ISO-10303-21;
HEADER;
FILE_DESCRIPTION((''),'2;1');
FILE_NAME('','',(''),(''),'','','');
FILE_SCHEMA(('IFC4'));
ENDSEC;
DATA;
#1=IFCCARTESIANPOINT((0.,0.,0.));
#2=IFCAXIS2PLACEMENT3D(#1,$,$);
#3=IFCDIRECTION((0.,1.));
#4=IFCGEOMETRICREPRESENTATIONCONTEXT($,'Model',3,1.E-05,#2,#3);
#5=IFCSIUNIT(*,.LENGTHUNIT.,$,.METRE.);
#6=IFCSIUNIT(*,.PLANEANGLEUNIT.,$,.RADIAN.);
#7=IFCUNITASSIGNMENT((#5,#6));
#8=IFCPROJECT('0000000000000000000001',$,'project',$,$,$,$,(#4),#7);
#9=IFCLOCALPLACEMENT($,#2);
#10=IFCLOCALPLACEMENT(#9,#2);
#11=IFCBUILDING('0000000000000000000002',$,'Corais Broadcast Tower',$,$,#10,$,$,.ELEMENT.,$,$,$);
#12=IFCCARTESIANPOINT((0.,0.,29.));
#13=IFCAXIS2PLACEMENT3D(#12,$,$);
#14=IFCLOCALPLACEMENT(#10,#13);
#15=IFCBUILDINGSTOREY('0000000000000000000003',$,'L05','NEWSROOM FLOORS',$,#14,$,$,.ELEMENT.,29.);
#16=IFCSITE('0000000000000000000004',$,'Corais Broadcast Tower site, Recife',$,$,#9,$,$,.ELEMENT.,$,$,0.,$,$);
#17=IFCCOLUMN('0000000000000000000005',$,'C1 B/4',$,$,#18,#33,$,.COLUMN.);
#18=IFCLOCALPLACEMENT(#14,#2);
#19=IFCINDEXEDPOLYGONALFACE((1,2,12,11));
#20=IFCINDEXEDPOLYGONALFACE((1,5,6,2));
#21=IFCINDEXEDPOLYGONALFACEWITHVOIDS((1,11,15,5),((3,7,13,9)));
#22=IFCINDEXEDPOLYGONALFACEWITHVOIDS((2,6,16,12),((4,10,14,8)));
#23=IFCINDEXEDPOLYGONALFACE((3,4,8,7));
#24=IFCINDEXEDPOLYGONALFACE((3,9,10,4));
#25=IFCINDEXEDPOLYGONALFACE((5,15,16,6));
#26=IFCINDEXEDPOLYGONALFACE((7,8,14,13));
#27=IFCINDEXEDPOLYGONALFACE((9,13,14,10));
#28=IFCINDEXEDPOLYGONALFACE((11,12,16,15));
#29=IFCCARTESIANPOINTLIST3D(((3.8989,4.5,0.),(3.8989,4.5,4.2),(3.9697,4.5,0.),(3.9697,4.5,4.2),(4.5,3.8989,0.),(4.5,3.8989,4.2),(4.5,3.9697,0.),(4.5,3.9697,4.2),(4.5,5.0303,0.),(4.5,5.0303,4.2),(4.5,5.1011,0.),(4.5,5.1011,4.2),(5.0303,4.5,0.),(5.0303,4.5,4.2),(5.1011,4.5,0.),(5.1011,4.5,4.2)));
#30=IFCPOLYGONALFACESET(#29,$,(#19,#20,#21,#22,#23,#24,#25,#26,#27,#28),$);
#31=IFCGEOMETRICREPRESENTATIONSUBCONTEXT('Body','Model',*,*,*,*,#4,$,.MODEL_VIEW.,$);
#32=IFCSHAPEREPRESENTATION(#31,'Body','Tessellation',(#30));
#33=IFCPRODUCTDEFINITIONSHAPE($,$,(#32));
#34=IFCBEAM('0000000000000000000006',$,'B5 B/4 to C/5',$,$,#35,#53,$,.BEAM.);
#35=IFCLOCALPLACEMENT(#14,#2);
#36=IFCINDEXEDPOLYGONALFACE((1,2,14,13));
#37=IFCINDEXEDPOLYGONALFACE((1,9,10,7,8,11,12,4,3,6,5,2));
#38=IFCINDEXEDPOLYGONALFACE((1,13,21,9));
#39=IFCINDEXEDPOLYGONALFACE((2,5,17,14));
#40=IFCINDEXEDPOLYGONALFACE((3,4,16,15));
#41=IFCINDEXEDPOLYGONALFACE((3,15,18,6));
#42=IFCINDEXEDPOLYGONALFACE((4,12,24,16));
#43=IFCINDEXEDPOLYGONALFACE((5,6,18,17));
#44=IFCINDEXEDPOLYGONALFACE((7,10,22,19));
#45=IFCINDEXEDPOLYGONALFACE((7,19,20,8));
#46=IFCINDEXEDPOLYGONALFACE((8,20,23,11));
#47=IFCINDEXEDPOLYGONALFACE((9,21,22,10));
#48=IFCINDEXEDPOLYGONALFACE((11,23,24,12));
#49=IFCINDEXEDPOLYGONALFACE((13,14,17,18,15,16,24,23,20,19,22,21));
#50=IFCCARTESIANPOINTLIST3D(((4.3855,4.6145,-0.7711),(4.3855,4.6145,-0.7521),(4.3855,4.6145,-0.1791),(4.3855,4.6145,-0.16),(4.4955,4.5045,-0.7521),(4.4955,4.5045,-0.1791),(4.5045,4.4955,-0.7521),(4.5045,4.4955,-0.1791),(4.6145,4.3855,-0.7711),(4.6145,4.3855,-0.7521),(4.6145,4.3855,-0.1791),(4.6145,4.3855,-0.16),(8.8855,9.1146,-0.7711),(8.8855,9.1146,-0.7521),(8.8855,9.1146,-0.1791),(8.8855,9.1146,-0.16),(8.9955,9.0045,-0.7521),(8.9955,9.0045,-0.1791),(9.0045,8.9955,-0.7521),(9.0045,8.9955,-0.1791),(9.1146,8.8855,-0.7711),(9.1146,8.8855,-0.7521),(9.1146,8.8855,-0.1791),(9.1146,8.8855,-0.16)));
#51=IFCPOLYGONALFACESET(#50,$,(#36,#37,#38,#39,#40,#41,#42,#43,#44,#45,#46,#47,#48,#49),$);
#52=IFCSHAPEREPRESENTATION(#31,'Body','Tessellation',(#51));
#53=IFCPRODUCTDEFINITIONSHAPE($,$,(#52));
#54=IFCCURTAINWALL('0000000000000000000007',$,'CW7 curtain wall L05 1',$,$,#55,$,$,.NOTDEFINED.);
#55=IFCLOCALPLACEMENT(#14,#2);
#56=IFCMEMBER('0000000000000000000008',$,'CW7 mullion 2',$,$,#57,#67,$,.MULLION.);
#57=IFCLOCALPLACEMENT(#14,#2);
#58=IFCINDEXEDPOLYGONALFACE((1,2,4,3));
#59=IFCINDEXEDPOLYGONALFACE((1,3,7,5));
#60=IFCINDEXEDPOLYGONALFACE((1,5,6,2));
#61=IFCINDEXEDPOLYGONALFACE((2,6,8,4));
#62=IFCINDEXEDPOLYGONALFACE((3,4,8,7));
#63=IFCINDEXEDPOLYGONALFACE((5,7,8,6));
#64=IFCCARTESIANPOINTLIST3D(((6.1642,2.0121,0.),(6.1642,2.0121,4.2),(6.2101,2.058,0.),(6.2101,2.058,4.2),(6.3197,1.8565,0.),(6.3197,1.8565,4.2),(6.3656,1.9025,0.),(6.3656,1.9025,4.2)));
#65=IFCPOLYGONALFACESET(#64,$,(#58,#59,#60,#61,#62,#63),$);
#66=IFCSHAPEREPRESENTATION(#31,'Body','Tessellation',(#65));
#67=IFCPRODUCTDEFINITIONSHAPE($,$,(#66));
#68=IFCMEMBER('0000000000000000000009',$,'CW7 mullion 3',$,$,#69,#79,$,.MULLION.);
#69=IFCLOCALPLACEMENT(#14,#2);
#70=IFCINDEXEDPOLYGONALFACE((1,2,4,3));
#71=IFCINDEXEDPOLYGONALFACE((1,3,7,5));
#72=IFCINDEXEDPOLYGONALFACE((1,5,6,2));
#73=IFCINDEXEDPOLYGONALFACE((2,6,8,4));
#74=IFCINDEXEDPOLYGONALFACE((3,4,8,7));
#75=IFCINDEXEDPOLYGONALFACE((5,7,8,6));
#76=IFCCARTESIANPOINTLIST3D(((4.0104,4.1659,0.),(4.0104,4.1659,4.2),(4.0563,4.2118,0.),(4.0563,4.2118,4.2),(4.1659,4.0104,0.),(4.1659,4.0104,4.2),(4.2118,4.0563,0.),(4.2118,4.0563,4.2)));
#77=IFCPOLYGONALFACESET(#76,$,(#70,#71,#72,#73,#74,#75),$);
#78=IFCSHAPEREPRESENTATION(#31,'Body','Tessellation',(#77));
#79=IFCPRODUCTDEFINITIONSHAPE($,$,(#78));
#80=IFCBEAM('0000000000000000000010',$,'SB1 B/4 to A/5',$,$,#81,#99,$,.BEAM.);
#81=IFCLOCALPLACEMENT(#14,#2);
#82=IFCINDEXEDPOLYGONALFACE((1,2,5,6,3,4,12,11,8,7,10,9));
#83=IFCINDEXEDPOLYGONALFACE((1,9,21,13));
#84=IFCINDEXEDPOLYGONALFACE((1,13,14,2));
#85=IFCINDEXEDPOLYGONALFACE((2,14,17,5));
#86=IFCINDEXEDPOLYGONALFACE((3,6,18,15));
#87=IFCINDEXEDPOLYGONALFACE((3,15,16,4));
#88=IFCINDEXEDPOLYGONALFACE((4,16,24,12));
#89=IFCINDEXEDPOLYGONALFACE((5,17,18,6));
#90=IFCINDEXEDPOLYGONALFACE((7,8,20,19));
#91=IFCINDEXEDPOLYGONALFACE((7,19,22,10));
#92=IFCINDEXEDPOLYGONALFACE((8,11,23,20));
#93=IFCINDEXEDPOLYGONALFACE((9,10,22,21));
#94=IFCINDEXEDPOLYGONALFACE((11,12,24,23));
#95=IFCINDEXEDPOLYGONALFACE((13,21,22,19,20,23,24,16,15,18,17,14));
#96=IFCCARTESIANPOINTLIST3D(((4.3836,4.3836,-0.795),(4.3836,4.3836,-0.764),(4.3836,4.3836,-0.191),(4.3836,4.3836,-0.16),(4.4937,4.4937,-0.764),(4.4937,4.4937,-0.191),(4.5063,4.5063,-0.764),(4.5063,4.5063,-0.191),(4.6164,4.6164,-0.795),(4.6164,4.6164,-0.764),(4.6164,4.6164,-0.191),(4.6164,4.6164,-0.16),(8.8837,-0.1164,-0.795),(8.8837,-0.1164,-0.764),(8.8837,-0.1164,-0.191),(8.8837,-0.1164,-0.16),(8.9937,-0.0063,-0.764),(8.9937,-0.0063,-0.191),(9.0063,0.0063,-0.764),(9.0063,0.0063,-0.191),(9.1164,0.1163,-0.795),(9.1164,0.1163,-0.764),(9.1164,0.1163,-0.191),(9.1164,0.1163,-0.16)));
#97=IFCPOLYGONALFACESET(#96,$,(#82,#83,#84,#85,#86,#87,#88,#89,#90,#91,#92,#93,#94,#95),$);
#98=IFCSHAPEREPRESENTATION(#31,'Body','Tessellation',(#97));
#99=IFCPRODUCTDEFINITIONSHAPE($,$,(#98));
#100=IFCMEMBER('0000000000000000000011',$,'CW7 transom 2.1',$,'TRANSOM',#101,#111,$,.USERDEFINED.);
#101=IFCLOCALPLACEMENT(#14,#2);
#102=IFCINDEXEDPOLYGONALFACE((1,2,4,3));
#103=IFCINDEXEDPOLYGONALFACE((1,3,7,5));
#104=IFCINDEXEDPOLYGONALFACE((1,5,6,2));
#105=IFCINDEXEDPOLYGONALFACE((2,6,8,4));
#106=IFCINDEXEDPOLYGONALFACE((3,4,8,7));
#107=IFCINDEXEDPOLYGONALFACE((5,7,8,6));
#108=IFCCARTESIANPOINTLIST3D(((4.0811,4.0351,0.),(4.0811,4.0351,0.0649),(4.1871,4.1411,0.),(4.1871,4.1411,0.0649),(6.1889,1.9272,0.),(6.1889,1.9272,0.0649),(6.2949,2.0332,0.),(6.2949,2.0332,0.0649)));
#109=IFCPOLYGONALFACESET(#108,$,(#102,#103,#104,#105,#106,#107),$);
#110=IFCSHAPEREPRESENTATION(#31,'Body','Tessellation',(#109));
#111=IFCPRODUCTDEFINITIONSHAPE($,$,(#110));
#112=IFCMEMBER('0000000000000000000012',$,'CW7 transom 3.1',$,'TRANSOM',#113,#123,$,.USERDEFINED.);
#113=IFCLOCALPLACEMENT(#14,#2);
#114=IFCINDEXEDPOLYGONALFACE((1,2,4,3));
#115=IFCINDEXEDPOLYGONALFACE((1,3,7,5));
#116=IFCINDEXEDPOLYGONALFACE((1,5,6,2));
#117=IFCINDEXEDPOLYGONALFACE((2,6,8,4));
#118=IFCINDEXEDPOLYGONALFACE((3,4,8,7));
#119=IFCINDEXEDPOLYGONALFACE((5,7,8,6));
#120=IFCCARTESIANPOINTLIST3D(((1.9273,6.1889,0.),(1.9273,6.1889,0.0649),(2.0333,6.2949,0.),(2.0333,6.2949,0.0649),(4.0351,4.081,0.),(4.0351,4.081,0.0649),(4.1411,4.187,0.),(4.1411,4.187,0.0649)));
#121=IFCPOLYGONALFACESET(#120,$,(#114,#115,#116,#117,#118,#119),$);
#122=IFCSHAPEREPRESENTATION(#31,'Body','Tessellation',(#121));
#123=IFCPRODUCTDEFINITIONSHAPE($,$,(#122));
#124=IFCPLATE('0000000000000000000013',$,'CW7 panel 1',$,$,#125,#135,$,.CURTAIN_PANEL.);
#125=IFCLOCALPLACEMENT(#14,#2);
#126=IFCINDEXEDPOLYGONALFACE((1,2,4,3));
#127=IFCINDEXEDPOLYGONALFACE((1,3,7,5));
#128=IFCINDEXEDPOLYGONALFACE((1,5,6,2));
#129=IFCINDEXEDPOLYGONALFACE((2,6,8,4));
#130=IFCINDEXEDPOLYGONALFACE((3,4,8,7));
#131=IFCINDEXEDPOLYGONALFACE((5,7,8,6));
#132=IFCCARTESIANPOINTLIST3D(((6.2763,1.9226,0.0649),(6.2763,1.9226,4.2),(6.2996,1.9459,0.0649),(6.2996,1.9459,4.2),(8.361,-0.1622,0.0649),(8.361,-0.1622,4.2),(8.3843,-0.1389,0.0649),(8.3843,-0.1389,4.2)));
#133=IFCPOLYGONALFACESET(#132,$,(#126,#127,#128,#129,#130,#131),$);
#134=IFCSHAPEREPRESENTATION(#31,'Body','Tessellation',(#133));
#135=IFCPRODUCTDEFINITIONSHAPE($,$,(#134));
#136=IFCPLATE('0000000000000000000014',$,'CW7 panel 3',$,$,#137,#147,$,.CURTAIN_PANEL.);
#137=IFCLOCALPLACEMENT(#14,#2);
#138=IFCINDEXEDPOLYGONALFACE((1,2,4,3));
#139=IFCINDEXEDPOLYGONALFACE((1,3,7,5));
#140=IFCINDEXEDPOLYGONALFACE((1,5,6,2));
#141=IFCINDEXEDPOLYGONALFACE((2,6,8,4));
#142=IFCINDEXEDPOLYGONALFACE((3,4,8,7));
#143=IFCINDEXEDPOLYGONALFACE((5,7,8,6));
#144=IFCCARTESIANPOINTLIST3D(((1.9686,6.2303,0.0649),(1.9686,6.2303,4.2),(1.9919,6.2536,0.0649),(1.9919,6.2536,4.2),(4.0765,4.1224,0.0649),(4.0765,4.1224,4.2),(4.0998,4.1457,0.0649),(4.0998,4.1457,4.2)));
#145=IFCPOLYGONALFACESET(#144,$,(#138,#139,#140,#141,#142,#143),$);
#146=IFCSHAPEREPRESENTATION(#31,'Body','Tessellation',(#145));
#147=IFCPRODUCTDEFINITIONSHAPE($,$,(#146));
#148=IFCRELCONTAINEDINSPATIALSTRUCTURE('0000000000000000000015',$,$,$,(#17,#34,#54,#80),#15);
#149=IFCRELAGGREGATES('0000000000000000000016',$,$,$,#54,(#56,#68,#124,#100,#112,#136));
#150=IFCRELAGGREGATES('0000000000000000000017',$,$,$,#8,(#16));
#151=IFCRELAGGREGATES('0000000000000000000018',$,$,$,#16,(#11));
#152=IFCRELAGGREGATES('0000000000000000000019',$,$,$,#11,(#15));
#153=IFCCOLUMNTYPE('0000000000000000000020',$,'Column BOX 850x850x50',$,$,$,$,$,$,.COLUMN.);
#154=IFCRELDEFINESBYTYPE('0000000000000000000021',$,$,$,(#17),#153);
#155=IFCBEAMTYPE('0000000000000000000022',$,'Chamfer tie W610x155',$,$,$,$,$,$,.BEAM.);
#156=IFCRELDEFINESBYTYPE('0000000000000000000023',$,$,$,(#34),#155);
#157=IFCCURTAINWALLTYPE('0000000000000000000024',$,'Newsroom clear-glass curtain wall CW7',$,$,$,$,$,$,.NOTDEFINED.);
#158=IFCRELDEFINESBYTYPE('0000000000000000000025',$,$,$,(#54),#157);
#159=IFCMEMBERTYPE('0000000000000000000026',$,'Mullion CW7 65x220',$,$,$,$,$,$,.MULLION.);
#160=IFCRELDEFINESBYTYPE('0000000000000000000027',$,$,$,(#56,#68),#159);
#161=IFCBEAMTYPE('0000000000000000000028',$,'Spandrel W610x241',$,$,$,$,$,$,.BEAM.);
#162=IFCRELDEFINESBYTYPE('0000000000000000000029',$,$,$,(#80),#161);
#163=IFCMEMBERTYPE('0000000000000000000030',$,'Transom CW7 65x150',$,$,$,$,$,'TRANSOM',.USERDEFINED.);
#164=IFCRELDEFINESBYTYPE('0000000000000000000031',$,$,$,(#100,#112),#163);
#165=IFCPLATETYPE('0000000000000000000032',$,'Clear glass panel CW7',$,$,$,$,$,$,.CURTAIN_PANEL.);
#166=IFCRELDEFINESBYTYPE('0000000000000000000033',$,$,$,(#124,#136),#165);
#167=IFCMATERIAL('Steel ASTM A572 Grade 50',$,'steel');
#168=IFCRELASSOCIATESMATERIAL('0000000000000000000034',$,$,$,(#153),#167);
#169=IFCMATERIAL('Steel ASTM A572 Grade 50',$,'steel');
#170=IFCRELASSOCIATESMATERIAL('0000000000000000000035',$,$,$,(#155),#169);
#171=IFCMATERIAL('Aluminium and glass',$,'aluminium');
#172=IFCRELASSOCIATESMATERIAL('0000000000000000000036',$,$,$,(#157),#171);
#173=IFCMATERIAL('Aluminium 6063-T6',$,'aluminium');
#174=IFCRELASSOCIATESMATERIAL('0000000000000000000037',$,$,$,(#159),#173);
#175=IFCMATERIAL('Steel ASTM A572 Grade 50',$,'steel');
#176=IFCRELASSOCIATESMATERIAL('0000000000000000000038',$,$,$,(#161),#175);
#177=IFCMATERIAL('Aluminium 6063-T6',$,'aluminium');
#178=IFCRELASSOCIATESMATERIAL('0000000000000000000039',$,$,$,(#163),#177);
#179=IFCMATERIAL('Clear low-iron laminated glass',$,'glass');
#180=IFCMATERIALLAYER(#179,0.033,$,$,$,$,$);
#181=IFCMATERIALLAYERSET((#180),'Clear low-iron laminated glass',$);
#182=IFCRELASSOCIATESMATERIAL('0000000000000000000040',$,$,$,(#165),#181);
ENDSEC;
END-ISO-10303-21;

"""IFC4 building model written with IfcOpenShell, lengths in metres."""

from ifc_helpers import new_model, si_unit, direction, frame, origin, origin_2d, place, context, subcontext, project, spatial, rectangle, hollow_rectangle, i_section, extrude, material, layer, layer_set, material_profile, profile_set, type_object, element, aggregate, save


model = new_model("IFC4")

# Units and contexts
model_context = context("Model", 3, precision=1e-05, world=origin(), true_north=direction((0.0, 1.0)))
body_context = subcontext(model_context, "Body", "Model", "MODEL_VIEW")
ifc_project = project(units=[si_unit("LENGTHUNIT", "METRE"), si_unit("PLANEANGLEUNIT", "RADIAN")], contexts=[model_context])

# Site, building, storey
site_placement = place(None, origin())
site = spatial("IfcSite", under=ifc_project, at=site_placement, Name="Corais Broadcast Tower site, Recife", CompositionType="ELEMENT", RefElevation=0.0)
building_placement = place(site_placement, origin())
building = spatial("IfcBuilding", under=site, at=building_placement, Name="Corais Broadcast Tower", CompositionType="ELEMENT")
storey_placement = place(building_placement, frame((0.0, 0.0, 29.0)))
storey = spatial("IfcBuildingStorey", under=building, at=storey_placement, Name="L05", Description="NEWSROOM FLOORS", CompositionType="ELEMENT", Elevation=29.0)

# Column
ifc_material_1 = material(Name="Steel ASTM A572 Grade 50", Category="steel")
ifc_material_profile_1 = material_profile(ifc_material_1, hollow_rectangle(XDim=0.8501, YDim=0.8501, WallThickness=0.05, at=origin_2d()), Name="BOX 850x850x50")
ifc_profile_set_1 = profile_set([ifc_material_profile_1], Name="Steel ASTM A572 Grade 50")
column_type = type_object("IfcColumnType", Name="Column BOX 850x850x50", PredefinedType="COLUMN", material=ifc_profile_set_1)
column_placement = place(storey_placement, frame((4.5, 4.5, 0.0), z_axis=(0.0, 0.0, 1.0), x_axis=(0.707107, 0.707107, 0.0)))
element("IfcColumn", 1, at=column_placement, inside=storey, type_object=column_type, Name="C1 B/4", PredefinedType="COLUMN", context=body_context, shape_type="SweptSolid", body=[
    extrude(hollow_rectangle(XDim=0.8501, YDim=0.8501, WallThickness=0.05, at=origin_2d()), origin(), (0.0, 0.0, 1.0), 4.2),
])

# Beam
ifc_material_2 = material(Name="Steel ASTM A572 Grade 50", Category="steel")
ifc_material_profile_2 = material_profile(ifc_material_2, i_section(OverallWidth=0.324, OverallDepth=0.6111, WebThickness=0.0127, FlangeThickness=0.019, at=origin_2d()), Name="W610x155")
ifc_profile_set_2 = profile_set([ifc_material_profile_2], Name="Steel ASTM A572 Grade 50")
beam_type_1 = type_object("IfcBeamType", Name="Chamfer tie W610x155", PredefinedType="BEAM", material=ifc_profile_set_2)
beam_1_placement = place(storey_placement, frame((4.5, 4.5, -0.4656), z_axis=(0.707107, 0.707107, 0.0), x_axis=(-0.707107, 0.707107, 0.0)))
element("IfcBeam", 2, at=beam_1_placement, inside=storey, type_object=beam_type_1, Name="B5 B/4 to C/5", PredefinedType="BEAM", context=body_context, shape_type="SweptSolid", body=[
    extrude(i_section(OverallWidth=0.324, OverallDepth=0.6111, WebThickness=0.0127, FlangeThickness=0.019, at=origin_2d()), origin(), (0.0, 0.0, 1.0), 6.364),
])

# Curtain wall, members
ifc_material_3 = material(Name="Aluminium and glass", Category="aluminium")
curtain_wall_type = type_object("IfcCurtainWallType", Name="Newsroom clear-glass curtain wall CW7", PredefinedType="NOTDEFINED", material=ifc_material_3)
curtain_wall_placement = place(storey_placement, origin())
curtain_wall = element("IfcCurtainWall", 3, at=curtain_wall_placement, inside=storey, type_object=curtain_wall_type, Name="CW7 curtain wall L05 1", PredefinedType="NOTDEFINED")
ifc_material_4 = material(Name="Aluminium 6063-T6", Category="aluminium")
ifc_material_profile_3 = material_profile(ifc_material_4, rectangle(XDim=0.0649, YDim=0.22, at=origin_2d()), Name="Mullion CW7 65x220")
ifc_profile_set_3 = profile_set([ifc_material_profile_3], Name="Aluminium 6063-T6")
member_type_1 = type_object("IfcMemberType", Name="Mullion CW7 65x220", PredefinedType="MULLION", material=ifc_profile_set_3)
member_1_placement = place(storey_placement, frame((6.2649, 1.9573, 0.0), z_axis=(0.0, 0.0, 1.0), x_axis=(-0.707107, -0.707107, 0.0)))
member_1 = element("IfcMember", 4, at=member_1_placement, type_object=member_type_1, Name="CW7 mullion 2", PredefinedType="MULLION", context=body_context, shape_type="SweptSolid", body=[
    extrude(rectangle(XDim=0.0649, YDim=0.22, at=origin_2d()), origin(), (0.0, 0.0, 1.0), 4.2),
])
member_2_placement = place(storey_placement, frame((4.1111, 4.1111, 0.0), z_axis=(0.0, 0.0, 1.0), x_axis=(-0.707107, -0.707107, 0.0)))
member_2 = element("IfcMember", 5, at=member_2_placement, type_object=member_type_1, Name="CW7 mullion 3", PredefinedType="MULLION", context=body_context, shape_type="SweptSolid", body=[
    extrude(rectangle(XDim=0.0649, YDim=0.22, at=origin_2d()), origin(), (0.0, 0.0, 1.0), 4.2),
])

# Beam
ifc_material_5 = material(Name="Steel ASTM A572 Grade 50", Category="steel")
ifc_material_profile_4 = material_profile(ifc_material_5, i_section(OverallWidth=0.3291, OverallDepth=0.635, WebThickness=0.0178, FlangeThickness=0.031, at=origin_2d()), Name="W610x241")
ifc_profile_set_4 = profile_set([ifc_material_profile_4], Name="Steel ASTM A572 Grade 50")
beam_type_2 = type_object("IfcBeamType", Name="Spandrel W610x241", PredefinedType="BEAM", material=ifc_profile_set_4)
beam_2_placement = place(storey_placement, frame((4.5, 4.5, -0.4775), z_axis=(0.707107, -0.707107, 0.0), x_axis=(0.707107, 0.707107, 0.0)))
element("IfcBeam", 6, at=beam_2_placement, inside=storey, type_object=beam_type_2, Name="SB1 B/4 to A/5", PredefinedType="BEAM", context=body_context, shape_type="SweptSolid", body=[
    extrude(i_section(OverallWidth=0.3291, OverallDepth=0.635, WebThickness=0.0178, FlangeThickness=0.031, at=origin_2d()), origin(), (0.0, 0.0, 1.0), 6.364),
])

# Members
ifc_material_6 = material(Name="Aluminium 6063-T6", Category="aluminium")
ifc_material_profile_5 = material_profile(ifc_material_6, rectangle(XDim=0.1499, YDim=0.0649, at=origin_2d()), Name="Transom CW7 65x150")
ifc_profile_set_5 = profile_set([ifc_material_profile_5], Name="Aluminium 6063-T6")
member_type_2 = type_object("IfcMemberType", Name="Transom CW7 65x150", ElementType="TRANSOM", PredefinedType="USERDEFINED", material=ifc_profile_set_5)
member_3_placement = place(storey_placement, frame((6.2419, 1.9802, 0.0325), z_axis=(-0.707107, 0.707107, 0.0), x_axis=(-0.707107, -0.707107, 0.0)))
member_3 = element("IfcMember", 7, at=member_3_placement, type_object=member_type_2, Name="CW7 transom 2.1", ObjectType="TRANSOM", PredefinedType="USERDEFINED", context=body_context, shape_type="SweptSolid", body=[
    extrude(rectangle(XDim=0.1499, YDim=0.0649, at=origin_2d()), origin(), (0.0, 0.0, 1.0), 2.981),
])
member_4_placement = place(storey_placement, frame((4.0881, 4.134, 0.0325), z_axis=(-0.707107, 0.707107, 0.0), x_axis=(-0.707107, -0.707107, 0.0)))
member_4 = element("IfcMember", 8, at=member_4_placement, type_object=member_type_2, Name="CW7 transom 3.1", ObjectType="TRANSOM", PredefinedType="USERDEFINED", context=body_context, shape_type="SweptSolid", body=[
    extrude(rectangle(XDim=0.1499, YDim=0.0649, at=origin_2d()), origin(), (0.0, 0.0, 1.0), 2.981),
])

# Plates
ifc_material_7 = material(Name="Clear low-iron laminated glass", Category="glass")
ifc_layer_1 = layer(ifc_material_7, 0.033)
ifc_layer_set_1 = layer_set([ifc_layer_1], Name="Clear low-iron laminated glass")
plate_type_1 = type_object("IfcPlateType", Name="Clear glass panel CW7", PredefinedType="CURTAIN_PANEL", material=ifc_layer_set_1)
plate_1_placement = place(storey_placement, frame((7.3303, 0.8918, 0.0649), z_axis=(0.0, 0.0, 1.0), x_axis=(-0.707107, 0.707107, 0.0)))
plate_1 = element("IfcPlate", 9, at=plate_1_placement, type_object=plate_type_1, Name="CW7 panel 1", PredefinedType="CURTAIN_PANEL", context=body_context, shape_type="SweptSolid", body=[
    extrude(rectangle(XDim=2.9482, YDim=0.033, at=origin_2d()), origin(), (0.0, 0.0, 1.0), 4.135),
])
plate_2_placement = place(storey_placement, frame((3.0342, 5.188, 0.0649), z_axis=(0.0, 0.0, 1.0), x_axis=(-0.707107, 0.707107, 0.0)))
plate_2 = element("IfcPlate", 10, at=plate_2_placement, type_object=plate_type_1, Name="CW7 panel 3", PredefinedType="CURTAIN_PANEL", context=body_context, shape_type="SweptSolid", body=[
    extrude(rectangle(XDim=2.981, YDim=0.033, at=origin_2d()), origin(), (0.0, 0.0, 1.0), 4.135),
])

aggregate(curtain_wall, [member_1, member_2, plate_1, member_3, member_4, plate_2])

save(model, "model.ifc")
